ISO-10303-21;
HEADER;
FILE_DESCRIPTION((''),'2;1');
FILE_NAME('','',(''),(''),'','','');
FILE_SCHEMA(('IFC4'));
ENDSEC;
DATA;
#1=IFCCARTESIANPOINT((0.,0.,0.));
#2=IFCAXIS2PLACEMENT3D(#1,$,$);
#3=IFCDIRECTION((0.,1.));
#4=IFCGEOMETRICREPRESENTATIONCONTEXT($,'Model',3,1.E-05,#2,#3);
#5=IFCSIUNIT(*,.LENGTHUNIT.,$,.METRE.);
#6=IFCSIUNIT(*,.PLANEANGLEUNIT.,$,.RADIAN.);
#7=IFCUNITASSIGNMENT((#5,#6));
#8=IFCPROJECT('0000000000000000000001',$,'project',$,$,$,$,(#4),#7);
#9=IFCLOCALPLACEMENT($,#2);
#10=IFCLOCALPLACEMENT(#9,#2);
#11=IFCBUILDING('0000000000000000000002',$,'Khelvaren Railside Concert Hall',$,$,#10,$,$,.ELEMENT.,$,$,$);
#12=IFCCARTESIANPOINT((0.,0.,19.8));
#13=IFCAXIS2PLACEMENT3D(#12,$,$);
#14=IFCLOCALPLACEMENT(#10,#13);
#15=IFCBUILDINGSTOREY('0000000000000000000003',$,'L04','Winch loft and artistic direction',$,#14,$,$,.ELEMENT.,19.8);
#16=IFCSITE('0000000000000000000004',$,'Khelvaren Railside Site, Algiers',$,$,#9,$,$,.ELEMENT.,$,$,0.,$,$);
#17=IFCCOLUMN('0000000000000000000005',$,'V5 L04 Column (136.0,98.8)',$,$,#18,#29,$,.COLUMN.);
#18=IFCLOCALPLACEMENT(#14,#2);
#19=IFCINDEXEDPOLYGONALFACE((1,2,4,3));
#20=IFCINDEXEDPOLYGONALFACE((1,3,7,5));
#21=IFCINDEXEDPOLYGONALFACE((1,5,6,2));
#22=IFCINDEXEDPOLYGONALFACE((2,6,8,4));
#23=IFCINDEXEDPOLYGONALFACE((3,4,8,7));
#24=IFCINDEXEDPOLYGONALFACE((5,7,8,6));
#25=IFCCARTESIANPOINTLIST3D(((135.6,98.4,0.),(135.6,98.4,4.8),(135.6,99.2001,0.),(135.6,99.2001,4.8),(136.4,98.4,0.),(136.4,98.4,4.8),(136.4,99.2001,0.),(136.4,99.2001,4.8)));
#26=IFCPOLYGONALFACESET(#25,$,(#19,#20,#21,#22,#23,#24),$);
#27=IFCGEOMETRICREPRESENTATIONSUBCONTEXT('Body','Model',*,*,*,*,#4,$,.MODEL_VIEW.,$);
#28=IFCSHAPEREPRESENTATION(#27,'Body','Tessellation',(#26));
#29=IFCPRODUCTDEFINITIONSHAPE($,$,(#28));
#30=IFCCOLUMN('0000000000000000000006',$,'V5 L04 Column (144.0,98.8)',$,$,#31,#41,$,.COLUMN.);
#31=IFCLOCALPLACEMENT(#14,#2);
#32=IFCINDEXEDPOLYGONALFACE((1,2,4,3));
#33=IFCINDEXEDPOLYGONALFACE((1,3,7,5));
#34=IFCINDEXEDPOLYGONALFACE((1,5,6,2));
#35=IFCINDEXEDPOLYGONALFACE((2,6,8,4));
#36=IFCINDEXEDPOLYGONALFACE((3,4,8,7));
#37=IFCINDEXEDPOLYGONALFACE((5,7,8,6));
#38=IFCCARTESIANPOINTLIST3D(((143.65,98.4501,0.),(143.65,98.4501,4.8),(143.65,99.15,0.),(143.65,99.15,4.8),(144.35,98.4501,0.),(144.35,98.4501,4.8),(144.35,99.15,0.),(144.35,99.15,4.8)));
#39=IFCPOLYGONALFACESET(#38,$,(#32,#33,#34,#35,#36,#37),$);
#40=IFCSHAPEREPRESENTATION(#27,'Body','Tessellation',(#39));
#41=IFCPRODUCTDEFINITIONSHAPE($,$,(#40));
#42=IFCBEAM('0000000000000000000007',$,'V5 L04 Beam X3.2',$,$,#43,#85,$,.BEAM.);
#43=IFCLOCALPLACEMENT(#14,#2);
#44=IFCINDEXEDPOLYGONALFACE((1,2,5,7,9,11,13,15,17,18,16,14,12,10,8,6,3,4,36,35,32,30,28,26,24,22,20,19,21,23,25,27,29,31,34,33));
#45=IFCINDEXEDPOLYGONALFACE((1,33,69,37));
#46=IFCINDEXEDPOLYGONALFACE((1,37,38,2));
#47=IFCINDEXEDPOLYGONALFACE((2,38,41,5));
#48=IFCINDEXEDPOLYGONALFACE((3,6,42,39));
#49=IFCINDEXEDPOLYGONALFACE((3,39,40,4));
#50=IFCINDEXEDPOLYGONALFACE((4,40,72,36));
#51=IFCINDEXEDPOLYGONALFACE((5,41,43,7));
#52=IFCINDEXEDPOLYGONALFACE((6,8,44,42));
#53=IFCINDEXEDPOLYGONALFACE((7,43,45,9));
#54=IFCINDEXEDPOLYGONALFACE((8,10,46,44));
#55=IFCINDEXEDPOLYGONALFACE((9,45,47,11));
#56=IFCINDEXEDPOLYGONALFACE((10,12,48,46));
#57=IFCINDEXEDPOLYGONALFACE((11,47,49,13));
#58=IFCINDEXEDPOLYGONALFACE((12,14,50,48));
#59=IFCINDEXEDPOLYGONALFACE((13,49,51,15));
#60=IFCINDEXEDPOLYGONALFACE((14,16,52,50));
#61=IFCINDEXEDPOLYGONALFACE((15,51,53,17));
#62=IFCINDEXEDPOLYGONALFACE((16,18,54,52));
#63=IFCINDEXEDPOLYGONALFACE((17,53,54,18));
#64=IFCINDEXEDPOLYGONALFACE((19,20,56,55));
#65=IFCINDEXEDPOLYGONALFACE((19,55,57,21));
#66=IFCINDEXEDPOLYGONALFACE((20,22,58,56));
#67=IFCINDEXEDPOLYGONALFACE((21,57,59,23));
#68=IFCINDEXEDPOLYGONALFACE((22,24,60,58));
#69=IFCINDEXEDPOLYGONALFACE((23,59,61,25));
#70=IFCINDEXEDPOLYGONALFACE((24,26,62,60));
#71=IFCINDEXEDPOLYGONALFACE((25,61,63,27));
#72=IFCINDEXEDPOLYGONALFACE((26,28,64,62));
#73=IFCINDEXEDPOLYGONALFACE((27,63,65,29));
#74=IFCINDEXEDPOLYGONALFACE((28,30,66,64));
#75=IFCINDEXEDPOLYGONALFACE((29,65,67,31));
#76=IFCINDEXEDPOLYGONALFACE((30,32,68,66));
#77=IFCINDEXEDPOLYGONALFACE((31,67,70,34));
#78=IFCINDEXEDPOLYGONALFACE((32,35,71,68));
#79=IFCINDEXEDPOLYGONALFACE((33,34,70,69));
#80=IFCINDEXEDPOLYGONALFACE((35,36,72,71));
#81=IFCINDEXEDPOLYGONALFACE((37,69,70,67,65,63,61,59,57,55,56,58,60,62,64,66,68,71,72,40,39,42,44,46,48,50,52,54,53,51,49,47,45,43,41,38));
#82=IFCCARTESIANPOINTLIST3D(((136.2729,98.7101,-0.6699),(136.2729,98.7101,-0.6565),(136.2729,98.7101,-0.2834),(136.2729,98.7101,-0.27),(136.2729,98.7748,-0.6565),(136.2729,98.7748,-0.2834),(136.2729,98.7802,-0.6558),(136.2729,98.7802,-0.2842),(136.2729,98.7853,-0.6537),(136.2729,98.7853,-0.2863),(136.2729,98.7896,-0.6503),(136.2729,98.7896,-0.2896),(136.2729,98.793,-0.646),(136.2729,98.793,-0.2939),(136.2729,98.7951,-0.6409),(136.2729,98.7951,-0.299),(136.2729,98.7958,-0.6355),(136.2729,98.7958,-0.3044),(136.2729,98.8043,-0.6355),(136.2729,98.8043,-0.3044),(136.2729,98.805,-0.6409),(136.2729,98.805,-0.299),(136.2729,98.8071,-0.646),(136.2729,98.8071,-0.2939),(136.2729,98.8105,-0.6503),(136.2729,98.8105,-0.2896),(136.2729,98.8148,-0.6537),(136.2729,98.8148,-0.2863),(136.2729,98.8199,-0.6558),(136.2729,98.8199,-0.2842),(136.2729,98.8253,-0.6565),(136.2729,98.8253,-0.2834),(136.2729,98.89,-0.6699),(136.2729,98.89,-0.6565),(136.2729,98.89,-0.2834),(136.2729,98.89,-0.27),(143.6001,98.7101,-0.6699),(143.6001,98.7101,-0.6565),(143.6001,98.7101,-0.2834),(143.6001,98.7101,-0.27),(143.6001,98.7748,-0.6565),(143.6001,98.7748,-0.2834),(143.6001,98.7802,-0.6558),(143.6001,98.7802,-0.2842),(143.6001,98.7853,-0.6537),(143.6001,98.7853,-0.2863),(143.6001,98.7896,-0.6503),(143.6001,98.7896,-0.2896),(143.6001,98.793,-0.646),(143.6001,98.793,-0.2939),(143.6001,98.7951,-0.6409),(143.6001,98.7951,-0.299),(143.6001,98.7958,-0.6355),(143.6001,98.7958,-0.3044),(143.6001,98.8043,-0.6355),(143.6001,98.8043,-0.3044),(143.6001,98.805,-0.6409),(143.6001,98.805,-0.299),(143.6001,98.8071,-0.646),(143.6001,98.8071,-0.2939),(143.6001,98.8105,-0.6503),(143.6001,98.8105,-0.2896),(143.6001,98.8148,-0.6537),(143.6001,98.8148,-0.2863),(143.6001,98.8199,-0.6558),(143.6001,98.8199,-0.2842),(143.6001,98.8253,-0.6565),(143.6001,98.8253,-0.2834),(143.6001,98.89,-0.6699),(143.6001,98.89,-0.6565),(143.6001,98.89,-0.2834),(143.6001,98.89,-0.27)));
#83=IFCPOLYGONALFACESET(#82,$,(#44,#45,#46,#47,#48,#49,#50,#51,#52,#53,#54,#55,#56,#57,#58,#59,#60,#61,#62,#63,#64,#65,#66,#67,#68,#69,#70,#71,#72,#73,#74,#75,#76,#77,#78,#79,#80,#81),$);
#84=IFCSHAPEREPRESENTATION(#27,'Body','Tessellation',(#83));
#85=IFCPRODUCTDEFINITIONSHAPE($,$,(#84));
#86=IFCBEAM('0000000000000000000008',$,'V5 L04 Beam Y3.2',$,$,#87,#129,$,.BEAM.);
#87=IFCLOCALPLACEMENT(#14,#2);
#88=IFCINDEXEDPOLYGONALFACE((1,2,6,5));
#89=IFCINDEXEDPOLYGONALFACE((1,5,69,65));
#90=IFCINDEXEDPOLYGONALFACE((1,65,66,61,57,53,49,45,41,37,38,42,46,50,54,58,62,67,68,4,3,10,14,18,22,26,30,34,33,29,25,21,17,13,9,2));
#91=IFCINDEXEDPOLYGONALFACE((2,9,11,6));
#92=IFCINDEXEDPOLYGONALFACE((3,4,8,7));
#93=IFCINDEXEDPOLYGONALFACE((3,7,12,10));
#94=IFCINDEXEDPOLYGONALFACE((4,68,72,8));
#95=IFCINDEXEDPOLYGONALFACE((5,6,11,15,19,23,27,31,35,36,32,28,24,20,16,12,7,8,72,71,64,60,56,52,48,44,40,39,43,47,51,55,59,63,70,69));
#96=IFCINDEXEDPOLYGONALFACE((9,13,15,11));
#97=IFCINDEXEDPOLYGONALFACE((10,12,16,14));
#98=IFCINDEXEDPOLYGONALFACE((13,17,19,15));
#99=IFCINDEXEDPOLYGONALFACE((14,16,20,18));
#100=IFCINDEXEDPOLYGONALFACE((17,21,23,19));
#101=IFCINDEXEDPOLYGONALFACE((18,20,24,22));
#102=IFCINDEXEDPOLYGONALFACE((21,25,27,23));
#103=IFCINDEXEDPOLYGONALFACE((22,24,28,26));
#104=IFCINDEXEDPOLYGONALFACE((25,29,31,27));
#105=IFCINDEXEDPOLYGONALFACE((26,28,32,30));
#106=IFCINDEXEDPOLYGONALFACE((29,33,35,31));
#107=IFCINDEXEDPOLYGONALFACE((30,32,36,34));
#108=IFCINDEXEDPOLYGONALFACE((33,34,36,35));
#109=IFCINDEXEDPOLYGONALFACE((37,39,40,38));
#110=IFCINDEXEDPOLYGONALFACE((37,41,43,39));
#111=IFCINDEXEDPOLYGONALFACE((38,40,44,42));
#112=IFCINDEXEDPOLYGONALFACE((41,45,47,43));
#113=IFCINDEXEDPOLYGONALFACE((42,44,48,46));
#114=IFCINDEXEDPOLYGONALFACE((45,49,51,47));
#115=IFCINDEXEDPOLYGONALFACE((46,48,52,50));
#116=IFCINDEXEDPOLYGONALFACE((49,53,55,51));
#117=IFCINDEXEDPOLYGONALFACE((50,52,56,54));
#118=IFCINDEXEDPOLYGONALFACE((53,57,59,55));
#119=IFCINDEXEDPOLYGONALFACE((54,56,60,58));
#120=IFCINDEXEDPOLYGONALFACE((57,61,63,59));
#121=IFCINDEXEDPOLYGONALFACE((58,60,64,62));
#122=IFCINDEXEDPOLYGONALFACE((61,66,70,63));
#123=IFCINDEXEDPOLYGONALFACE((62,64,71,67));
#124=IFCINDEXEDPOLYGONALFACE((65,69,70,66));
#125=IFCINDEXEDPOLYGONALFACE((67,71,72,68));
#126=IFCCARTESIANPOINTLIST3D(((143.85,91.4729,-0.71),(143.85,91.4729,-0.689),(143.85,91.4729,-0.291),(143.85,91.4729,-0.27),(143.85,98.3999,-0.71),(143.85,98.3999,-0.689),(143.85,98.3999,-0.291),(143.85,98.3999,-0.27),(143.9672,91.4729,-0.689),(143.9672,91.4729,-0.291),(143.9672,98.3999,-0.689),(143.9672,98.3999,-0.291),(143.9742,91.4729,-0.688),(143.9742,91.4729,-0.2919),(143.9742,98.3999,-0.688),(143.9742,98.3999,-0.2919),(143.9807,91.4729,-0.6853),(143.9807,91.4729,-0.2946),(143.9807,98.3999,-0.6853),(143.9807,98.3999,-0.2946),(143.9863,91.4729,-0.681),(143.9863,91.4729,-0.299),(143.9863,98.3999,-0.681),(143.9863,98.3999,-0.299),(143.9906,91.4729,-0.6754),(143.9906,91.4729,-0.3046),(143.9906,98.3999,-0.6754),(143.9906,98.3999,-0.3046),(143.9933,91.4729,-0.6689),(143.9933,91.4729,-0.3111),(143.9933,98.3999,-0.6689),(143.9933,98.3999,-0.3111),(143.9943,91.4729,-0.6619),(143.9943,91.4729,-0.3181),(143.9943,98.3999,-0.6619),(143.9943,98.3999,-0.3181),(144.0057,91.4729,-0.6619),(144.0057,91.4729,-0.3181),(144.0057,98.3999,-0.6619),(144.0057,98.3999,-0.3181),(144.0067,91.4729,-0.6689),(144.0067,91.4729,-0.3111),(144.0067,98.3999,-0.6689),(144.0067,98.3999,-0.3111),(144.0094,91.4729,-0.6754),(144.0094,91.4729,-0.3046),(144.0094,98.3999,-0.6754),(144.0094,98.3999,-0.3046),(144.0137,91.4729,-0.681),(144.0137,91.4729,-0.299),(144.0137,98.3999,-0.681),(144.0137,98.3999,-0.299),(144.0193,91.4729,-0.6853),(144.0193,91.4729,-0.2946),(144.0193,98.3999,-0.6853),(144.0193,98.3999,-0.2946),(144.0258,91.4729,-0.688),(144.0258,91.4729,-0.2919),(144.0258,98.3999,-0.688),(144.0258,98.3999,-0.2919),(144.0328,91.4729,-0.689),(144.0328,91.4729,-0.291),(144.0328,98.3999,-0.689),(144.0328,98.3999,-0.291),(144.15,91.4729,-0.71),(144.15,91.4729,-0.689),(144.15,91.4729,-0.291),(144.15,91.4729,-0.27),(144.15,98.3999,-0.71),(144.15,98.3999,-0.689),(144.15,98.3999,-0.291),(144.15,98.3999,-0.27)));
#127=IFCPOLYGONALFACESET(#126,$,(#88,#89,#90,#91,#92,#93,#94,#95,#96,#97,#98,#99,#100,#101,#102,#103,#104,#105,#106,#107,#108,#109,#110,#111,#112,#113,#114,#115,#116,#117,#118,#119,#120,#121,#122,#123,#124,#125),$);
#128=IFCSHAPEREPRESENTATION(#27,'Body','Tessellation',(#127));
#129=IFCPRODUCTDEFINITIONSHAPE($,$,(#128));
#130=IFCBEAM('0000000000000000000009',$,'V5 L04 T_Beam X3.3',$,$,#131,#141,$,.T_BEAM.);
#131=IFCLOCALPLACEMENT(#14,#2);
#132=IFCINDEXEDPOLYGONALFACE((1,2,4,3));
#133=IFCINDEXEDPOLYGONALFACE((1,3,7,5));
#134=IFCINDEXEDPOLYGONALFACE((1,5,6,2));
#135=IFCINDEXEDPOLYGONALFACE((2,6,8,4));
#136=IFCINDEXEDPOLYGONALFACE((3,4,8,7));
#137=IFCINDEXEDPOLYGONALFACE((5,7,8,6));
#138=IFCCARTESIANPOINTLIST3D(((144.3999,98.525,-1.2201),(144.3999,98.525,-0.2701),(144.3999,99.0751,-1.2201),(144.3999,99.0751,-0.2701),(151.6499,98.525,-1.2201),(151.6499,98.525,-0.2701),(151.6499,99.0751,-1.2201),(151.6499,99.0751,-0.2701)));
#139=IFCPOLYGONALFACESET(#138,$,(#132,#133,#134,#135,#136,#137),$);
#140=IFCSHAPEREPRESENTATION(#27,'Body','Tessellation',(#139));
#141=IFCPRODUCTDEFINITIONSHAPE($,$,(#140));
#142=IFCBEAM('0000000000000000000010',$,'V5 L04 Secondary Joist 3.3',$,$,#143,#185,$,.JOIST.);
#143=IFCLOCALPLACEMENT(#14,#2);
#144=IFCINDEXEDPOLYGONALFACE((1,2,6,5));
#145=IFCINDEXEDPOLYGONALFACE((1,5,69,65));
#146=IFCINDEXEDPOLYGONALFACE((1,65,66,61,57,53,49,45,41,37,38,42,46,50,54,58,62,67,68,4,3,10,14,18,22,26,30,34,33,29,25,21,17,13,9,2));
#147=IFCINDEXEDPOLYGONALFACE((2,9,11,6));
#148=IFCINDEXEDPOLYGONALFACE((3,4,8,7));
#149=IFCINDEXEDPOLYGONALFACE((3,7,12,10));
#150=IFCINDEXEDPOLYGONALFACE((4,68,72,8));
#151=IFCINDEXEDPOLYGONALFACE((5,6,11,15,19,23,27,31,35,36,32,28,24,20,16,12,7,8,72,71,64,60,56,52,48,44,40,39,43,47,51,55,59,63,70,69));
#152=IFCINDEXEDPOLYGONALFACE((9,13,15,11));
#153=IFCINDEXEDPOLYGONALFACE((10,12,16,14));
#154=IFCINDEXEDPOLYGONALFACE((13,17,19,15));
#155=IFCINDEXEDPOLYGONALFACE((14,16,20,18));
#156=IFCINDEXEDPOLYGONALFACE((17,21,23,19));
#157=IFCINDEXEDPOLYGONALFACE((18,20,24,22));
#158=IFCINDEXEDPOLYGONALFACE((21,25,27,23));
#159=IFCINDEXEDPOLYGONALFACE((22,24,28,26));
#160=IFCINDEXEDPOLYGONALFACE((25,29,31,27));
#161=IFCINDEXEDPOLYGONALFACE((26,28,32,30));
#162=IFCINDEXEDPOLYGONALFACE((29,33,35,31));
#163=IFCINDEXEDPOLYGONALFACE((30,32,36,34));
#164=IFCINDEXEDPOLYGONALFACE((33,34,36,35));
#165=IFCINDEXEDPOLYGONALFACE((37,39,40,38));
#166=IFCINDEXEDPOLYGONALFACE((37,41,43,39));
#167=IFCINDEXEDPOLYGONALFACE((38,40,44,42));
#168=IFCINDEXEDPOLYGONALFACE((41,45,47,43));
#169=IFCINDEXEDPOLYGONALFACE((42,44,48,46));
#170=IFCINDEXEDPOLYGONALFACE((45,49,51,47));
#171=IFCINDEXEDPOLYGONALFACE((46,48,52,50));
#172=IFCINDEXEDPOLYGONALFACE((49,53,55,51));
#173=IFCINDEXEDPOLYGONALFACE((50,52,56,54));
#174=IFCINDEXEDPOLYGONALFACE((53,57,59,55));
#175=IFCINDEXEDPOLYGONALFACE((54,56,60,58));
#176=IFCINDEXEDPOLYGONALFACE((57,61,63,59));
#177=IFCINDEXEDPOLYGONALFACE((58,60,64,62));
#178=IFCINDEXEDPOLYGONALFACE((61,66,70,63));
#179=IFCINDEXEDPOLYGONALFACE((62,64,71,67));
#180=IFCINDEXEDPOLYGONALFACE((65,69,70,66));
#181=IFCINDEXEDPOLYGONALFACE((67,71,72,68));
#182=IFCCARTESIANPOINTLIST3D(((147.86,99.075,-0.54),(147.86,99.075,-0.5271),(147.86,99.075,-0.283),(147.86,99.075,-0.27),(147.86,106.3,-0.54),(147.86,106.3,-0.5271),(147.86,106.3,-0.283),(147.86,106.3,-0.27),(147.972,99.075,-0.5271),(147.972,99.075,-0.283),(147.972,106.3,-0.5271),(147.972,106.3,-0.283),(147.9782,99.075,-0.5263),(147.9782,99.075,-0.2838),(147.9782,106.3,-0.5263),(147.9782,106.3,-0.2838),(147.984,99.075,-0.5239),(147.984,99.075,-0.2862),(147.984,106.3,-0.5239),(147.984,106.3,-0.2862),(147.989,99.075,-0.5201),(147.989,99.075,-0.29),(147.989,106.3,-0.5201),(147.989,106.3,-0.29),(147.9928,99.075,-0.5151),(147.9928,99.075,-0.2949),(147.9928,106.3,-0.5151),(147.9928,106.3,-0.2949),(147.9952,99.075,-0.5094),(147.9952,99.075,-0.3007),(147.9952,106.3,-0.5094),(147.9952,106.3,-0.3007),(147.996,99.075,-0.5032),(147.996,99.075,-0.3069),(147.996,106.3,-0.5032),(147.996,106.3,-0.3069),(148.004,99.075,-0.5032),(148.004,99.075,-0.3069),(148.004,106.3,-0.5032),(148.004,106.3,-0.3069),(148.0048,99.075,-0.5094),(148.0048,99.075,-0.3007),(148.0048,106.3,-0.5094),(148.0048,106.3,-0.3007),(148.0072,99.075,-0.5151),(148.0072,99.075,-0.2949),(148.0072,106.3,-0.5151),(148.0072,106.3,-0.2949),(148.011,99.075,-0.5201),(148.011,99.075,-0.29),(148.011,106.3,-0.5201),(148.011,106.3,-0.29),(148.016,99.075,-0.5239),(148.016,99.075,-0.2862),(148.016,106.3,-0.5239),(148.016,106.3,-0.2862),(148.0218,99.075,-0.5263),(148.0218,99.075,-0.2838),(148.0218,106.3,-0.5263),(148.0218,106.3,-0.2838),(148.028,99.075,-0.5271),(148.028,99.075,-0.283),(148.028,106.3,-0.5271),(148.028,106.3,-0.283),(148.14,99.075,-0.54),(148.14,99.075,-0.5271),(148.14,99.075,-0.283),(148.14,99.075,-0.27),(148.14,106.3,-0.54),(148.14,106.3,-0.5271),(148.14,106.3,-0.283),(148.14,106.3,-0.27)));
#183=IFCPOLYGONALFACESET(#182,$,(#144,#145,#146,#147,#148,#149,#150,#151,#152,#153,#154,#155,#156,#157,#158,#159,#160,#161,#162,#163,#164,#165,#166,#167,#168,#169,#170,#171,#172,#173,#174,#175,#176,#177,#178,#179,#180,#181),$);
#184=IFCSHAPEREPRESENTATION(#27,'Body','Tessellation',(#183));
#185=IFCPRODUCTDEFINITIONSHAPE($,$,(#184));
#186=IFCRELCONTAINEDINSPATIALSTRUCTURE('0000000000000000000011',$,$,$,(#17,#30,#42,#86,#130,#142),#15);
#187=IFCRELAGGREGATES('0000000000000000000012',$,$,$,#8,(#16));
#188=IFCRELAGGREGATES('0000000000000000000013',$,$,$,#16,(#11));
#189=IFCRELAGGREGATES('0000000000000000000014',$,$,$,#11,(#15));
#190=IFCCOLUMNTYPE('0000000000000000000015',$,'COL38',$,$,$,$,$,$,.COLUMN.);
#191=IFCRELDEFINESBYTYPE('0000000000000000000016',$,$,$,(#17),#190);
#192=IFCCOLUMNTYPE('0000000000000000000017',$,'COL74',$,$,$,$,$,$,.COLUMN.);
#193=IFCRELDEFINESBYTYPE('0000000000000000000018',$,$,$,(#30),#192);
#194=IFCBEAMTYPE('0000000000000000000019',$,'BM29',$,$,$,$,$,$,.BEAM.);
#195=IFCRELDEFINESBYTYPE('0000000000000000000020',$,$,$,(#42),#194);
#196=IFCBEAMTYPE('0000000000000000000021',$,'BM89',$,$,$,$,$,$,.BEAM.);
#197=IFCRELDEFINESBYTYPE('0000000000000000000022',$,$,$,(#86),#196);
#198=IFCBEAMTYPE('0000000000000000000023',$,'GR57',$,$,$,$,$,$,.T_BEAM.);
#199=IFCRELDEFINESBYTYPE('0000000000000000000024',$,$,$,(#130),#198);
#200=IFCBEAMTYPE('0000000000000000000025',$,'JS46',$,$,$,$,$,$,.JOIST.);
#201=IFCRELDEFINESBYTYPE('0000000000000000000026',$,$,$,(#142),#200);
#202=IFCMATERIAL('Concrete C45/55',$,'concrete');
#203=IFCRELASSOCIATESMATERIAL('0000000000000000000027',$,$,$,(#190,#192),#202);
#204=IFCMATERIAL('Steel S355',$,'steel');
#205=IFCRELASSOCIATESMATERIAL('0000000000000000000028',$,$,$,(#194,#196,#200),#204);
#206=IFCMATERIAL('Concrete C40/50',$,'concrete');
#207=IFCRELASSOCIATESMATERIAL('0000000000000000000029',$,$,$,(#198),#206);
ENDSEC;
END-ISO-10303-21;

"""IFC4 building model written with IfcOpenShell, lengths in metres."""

from ifc_helpers import new_model, si_unit, direction, frame, origin, origin_2d, place, context, subcontext, project, spatial, rectangle, i_section, extrude, material, material_profile, profile_set, type_object, element, save


model = new_model("IFC4")

# Units and contexts
model_context = context("Model", 3, precision=1e-05, world=origin(), true_north=direction((0.0, 1.0)))
body_context = subcontext(model_context, "Body", "Model", "MODEL_VIEW")
ifc_project = project(units=[si_unit("LENGTHUNIT", "METRE"), si_unit("PLANEANGLEUNIT", "RADIAN")], contexts=[model_context])

# Site, building, storey
site_placement = place(None, origin())
site = spatial("IfcSite", under=ifc_project, at=site_placement, Name="Khelvaren Railside Site, Algiers", CompositionType="ELEMENT", RefElevation=0.0)
building_placement = place(site_placement, origin())
building = spatial("IfcBuilding", under=site, at=building_placement, Name="Khelvaren Railside Concert Hall", CompositionType="ELEMENT")
storey_placement = place(building_placement, frame((0.0, 0.0, 19.8)))
storey = spatial("IfcBuildingStorey", under=building, at=storey_placement, Name="L04", Description="Winch loft and artistic direction", CompositionType="ELEMENT", Elevation=19.8)

# Columns
ifc_material_1 = material(Name="Concrete C45/55", Category="concrete")
ifc_material_profile_1 = material_profile(ifc_material_1, rectangle(XDim=0.8, YDim=0.8, at=origin_2d()), Name="RC 800x800")
ifc_profile_set_1 = profile_set([ifc_material_profile_1], Name="Concrete C45/55")
column_type_1 = type_object("IfcColumnType", Name="COL38", PredefinedType="COLUMN", material=ifc_profile_set_1)
column_1_placement = place(storey_placement, frame((136.0, 98.8, 0.0), z_axis=(0.0, 0.0, 1.0), x_axis=(1.0, 0.0, 0.0)))
element("IfcColumn", 1, at=column_1_placement, inside=storey, type_object=column_type_1, Name="V5 L04 Column (136.0,98.8)", PredefinedType="COLUMN", context=body_context, shape_type="SweptSolid", body=[
    extrude(rectangle(XDim=0.8, YDim=0.8, at=origin_2d()), origin(), (0.0, 0.0, 1.0), 4.8),
])
ifc_material_profile_2 = material_profile(ifc_material_1, rectangle(XDim=0.7, YDim=0.7, at=origin_2d()), Name="RC 700x700")
ifc_profile_set_2 = profile_set([ifc_material_profile_2], Name="Concrete C45/55")
column_type_2 = type_object("IfcColumnType", Name="COL74", PredefinedType="COLUMN", material=ifc_profile_set_2)
column_2_placement = place(storey_placement, frame((144.0, 98.8, 0.0), z_axis=(0.0, 0.0, 1.0), x_axis=(1.0, 0.0, 0.0)))
element("IfcColumn", 2, at=column_2_placement, inside=storey, type_object=column_type_2, Name="V5 L04 Column (144.0,98.8)", PredefinedType="COLUMN", context=body_context, shape_type="SweptSolid", body=[
    extrude(rectangle(XDim=0.7, YDim=0.7, at=origin_2d()), origin(), (0.0, 0.0, 1.0), 4.8),
])

# Beams
ifc_material_2 = material(Name="Steel S355", Category="steel")
ifc_material_profile_3 = material_profile(ifc_material_2, i_section(OverallWidth=0.1799, OverallDepth=0.3999, WebThickness=0.0085, FlangeThickness=0.0134, FilletRadius=0.021, at=origin_2d()), Name="IPE 400")
ifc_profile_set_3 = profile_set([ifc_material_profile_3], Name="Steel S355")
beam_type_1 = type_object("IfcBeamType", Name="BM29", PredefinedType="BEAM", material=ifc_profile_set_3)
beam_1_placement = place(storey_placement, frame((136.2729, 98.8, -0.47), z_axis=(1.0, 0.0, 0.0), x_axis=(0.0, 1.0, 0.0)))
element("IfcBeam", 3, at=beam_1_placement, inside=storey, type_object=beam_type_1, Name="V5 L04 Beam X3.2", PredefinedType="BEAM", context=body_context, shape_type="SweptSolid", body=[
    extrude(i_section(OverallWidth=0.1799, OverallDepth=0.3999, WebThickness=0.0085, FlangeThickness=0.0134, FilletRadius=0.021, at=origin_2d()), origin(), (0.0, 0.0, 1.0), 7.3271),
])
ifc_material_profile_4 = material_profile(ifc_material_2, i_section(OverallWidth=0.3, OverallDepth=0.4399, WebThickness=0.0115, FlangeThickness=0.021, FilletRadius=0.0271, at=origin_2d()), Name="HEA 450")
ifc_profile_set_4 = profile_set([ifc_material_profile_4], Name="Steel S355")
beam_type_2 = type_object("IfcBeamType", Name="BM89", PredefinedType="BEAM", material=ifc_profile_set_4)
beam_2_placement = place(storey_placement, frame((144.0, 91.4729, -0.49), z_axis=(0.0, 1.0, 0.0), x_axis=(-1.0, 0.0, 0.0)))
element("IfcBeam", 4, at=beam_2_placement, inside=storey, type_object=beam_type_2, Name="V5 L04 Beam Y3.2", PredefinedType="BEAM", context=body_context, shape_type="SweptSolid", body=[
    extrude(i_section(OverallWidth=0.3, OverallDepth=0.4399, WebThickness=0.0115, FlangeThickness=0.021, FilletRadius=0.0271, at=origin_2d()), origin(), (0.0, 0.0, 1.0), 6.927),
])
ifc_material_3 = material(Name="Concrete C40/50", Category="concrete")
ifc_material_profile_5 = material_profile(ifc_material_3, rectangle(XDim=0.55, YDim=0.95, at=origin_2d()), Name="RCB 550x950")
ifc_profile_set_5 = profile_set([ifc_material_profile_5], Name="Concrete C40/50")
beam_type_3 = type_object("IfcBeamType", Name="GR57", PredefinedType="T_BEAM", material=ifc_profile_set_5)
beam_3_placement = place(storey_placement, frame((144.3999, 98.8, -0.7451), z_axis=(1.0, 0.0, 0.0), x_axis=(0.0, 1.0, 0.0)))
element("IfcBeam", 5, at=beam_3_placement, inside=storey, type_object=beam_type_3, Name="V5 L04 T_Beam X3.3", PredefinedType="T_BEAM", context=body_context, shape_type="SweptSolid", body=[
    extrude(rectangle(XDim=0.55, YDim=0.95, at=origin_2d()), origin(), (0.0, 0.0, 1.0), 7.25),
])
ifc_material_profile_6 = material_profile(ifc_material_2, i_section(OverallWidth=0.28, OverallDepth=0.27, WebThickness=0.0081, FlangeThickness=0.0129, FilletRadius=0.0239, at=origin_2d()), Name="HEA 280")
ifc_profile_set_6 = profile_set([ifc_material_profile_6], Name="Steel S355")
beam_type_4 = type_object("IfcBeamType", Name="JS46", PredefinedType="JOIST", material=ifc_profile_set_6)
beam_4_placement = place(storey_placement, frame((148.0, 99.075, -0.405), z_axis=(0.0, 1.0, 0.0), x_axis=(-1.0, 0.0, 0.0)))
element("IfcBeam", 6, at=beam_4_placement, inside=storey, type_object=beam_type_4, Name="V5 L04 Secondary Joist 3.3", PredefinedType="JOIST", context=body_context, shape_type="SweptSolid", body=[
    extrude(i_section(OverallWidth=0.28, OverallDepth=0.27, WebThickness=0.0081, FlangeThickness=0.0129, FilletRadius=0.0239, at=origin_2d()), origin(), (0.0, 0.0, 1.0), 7.2251),
])

save(model, "model.ifc")
